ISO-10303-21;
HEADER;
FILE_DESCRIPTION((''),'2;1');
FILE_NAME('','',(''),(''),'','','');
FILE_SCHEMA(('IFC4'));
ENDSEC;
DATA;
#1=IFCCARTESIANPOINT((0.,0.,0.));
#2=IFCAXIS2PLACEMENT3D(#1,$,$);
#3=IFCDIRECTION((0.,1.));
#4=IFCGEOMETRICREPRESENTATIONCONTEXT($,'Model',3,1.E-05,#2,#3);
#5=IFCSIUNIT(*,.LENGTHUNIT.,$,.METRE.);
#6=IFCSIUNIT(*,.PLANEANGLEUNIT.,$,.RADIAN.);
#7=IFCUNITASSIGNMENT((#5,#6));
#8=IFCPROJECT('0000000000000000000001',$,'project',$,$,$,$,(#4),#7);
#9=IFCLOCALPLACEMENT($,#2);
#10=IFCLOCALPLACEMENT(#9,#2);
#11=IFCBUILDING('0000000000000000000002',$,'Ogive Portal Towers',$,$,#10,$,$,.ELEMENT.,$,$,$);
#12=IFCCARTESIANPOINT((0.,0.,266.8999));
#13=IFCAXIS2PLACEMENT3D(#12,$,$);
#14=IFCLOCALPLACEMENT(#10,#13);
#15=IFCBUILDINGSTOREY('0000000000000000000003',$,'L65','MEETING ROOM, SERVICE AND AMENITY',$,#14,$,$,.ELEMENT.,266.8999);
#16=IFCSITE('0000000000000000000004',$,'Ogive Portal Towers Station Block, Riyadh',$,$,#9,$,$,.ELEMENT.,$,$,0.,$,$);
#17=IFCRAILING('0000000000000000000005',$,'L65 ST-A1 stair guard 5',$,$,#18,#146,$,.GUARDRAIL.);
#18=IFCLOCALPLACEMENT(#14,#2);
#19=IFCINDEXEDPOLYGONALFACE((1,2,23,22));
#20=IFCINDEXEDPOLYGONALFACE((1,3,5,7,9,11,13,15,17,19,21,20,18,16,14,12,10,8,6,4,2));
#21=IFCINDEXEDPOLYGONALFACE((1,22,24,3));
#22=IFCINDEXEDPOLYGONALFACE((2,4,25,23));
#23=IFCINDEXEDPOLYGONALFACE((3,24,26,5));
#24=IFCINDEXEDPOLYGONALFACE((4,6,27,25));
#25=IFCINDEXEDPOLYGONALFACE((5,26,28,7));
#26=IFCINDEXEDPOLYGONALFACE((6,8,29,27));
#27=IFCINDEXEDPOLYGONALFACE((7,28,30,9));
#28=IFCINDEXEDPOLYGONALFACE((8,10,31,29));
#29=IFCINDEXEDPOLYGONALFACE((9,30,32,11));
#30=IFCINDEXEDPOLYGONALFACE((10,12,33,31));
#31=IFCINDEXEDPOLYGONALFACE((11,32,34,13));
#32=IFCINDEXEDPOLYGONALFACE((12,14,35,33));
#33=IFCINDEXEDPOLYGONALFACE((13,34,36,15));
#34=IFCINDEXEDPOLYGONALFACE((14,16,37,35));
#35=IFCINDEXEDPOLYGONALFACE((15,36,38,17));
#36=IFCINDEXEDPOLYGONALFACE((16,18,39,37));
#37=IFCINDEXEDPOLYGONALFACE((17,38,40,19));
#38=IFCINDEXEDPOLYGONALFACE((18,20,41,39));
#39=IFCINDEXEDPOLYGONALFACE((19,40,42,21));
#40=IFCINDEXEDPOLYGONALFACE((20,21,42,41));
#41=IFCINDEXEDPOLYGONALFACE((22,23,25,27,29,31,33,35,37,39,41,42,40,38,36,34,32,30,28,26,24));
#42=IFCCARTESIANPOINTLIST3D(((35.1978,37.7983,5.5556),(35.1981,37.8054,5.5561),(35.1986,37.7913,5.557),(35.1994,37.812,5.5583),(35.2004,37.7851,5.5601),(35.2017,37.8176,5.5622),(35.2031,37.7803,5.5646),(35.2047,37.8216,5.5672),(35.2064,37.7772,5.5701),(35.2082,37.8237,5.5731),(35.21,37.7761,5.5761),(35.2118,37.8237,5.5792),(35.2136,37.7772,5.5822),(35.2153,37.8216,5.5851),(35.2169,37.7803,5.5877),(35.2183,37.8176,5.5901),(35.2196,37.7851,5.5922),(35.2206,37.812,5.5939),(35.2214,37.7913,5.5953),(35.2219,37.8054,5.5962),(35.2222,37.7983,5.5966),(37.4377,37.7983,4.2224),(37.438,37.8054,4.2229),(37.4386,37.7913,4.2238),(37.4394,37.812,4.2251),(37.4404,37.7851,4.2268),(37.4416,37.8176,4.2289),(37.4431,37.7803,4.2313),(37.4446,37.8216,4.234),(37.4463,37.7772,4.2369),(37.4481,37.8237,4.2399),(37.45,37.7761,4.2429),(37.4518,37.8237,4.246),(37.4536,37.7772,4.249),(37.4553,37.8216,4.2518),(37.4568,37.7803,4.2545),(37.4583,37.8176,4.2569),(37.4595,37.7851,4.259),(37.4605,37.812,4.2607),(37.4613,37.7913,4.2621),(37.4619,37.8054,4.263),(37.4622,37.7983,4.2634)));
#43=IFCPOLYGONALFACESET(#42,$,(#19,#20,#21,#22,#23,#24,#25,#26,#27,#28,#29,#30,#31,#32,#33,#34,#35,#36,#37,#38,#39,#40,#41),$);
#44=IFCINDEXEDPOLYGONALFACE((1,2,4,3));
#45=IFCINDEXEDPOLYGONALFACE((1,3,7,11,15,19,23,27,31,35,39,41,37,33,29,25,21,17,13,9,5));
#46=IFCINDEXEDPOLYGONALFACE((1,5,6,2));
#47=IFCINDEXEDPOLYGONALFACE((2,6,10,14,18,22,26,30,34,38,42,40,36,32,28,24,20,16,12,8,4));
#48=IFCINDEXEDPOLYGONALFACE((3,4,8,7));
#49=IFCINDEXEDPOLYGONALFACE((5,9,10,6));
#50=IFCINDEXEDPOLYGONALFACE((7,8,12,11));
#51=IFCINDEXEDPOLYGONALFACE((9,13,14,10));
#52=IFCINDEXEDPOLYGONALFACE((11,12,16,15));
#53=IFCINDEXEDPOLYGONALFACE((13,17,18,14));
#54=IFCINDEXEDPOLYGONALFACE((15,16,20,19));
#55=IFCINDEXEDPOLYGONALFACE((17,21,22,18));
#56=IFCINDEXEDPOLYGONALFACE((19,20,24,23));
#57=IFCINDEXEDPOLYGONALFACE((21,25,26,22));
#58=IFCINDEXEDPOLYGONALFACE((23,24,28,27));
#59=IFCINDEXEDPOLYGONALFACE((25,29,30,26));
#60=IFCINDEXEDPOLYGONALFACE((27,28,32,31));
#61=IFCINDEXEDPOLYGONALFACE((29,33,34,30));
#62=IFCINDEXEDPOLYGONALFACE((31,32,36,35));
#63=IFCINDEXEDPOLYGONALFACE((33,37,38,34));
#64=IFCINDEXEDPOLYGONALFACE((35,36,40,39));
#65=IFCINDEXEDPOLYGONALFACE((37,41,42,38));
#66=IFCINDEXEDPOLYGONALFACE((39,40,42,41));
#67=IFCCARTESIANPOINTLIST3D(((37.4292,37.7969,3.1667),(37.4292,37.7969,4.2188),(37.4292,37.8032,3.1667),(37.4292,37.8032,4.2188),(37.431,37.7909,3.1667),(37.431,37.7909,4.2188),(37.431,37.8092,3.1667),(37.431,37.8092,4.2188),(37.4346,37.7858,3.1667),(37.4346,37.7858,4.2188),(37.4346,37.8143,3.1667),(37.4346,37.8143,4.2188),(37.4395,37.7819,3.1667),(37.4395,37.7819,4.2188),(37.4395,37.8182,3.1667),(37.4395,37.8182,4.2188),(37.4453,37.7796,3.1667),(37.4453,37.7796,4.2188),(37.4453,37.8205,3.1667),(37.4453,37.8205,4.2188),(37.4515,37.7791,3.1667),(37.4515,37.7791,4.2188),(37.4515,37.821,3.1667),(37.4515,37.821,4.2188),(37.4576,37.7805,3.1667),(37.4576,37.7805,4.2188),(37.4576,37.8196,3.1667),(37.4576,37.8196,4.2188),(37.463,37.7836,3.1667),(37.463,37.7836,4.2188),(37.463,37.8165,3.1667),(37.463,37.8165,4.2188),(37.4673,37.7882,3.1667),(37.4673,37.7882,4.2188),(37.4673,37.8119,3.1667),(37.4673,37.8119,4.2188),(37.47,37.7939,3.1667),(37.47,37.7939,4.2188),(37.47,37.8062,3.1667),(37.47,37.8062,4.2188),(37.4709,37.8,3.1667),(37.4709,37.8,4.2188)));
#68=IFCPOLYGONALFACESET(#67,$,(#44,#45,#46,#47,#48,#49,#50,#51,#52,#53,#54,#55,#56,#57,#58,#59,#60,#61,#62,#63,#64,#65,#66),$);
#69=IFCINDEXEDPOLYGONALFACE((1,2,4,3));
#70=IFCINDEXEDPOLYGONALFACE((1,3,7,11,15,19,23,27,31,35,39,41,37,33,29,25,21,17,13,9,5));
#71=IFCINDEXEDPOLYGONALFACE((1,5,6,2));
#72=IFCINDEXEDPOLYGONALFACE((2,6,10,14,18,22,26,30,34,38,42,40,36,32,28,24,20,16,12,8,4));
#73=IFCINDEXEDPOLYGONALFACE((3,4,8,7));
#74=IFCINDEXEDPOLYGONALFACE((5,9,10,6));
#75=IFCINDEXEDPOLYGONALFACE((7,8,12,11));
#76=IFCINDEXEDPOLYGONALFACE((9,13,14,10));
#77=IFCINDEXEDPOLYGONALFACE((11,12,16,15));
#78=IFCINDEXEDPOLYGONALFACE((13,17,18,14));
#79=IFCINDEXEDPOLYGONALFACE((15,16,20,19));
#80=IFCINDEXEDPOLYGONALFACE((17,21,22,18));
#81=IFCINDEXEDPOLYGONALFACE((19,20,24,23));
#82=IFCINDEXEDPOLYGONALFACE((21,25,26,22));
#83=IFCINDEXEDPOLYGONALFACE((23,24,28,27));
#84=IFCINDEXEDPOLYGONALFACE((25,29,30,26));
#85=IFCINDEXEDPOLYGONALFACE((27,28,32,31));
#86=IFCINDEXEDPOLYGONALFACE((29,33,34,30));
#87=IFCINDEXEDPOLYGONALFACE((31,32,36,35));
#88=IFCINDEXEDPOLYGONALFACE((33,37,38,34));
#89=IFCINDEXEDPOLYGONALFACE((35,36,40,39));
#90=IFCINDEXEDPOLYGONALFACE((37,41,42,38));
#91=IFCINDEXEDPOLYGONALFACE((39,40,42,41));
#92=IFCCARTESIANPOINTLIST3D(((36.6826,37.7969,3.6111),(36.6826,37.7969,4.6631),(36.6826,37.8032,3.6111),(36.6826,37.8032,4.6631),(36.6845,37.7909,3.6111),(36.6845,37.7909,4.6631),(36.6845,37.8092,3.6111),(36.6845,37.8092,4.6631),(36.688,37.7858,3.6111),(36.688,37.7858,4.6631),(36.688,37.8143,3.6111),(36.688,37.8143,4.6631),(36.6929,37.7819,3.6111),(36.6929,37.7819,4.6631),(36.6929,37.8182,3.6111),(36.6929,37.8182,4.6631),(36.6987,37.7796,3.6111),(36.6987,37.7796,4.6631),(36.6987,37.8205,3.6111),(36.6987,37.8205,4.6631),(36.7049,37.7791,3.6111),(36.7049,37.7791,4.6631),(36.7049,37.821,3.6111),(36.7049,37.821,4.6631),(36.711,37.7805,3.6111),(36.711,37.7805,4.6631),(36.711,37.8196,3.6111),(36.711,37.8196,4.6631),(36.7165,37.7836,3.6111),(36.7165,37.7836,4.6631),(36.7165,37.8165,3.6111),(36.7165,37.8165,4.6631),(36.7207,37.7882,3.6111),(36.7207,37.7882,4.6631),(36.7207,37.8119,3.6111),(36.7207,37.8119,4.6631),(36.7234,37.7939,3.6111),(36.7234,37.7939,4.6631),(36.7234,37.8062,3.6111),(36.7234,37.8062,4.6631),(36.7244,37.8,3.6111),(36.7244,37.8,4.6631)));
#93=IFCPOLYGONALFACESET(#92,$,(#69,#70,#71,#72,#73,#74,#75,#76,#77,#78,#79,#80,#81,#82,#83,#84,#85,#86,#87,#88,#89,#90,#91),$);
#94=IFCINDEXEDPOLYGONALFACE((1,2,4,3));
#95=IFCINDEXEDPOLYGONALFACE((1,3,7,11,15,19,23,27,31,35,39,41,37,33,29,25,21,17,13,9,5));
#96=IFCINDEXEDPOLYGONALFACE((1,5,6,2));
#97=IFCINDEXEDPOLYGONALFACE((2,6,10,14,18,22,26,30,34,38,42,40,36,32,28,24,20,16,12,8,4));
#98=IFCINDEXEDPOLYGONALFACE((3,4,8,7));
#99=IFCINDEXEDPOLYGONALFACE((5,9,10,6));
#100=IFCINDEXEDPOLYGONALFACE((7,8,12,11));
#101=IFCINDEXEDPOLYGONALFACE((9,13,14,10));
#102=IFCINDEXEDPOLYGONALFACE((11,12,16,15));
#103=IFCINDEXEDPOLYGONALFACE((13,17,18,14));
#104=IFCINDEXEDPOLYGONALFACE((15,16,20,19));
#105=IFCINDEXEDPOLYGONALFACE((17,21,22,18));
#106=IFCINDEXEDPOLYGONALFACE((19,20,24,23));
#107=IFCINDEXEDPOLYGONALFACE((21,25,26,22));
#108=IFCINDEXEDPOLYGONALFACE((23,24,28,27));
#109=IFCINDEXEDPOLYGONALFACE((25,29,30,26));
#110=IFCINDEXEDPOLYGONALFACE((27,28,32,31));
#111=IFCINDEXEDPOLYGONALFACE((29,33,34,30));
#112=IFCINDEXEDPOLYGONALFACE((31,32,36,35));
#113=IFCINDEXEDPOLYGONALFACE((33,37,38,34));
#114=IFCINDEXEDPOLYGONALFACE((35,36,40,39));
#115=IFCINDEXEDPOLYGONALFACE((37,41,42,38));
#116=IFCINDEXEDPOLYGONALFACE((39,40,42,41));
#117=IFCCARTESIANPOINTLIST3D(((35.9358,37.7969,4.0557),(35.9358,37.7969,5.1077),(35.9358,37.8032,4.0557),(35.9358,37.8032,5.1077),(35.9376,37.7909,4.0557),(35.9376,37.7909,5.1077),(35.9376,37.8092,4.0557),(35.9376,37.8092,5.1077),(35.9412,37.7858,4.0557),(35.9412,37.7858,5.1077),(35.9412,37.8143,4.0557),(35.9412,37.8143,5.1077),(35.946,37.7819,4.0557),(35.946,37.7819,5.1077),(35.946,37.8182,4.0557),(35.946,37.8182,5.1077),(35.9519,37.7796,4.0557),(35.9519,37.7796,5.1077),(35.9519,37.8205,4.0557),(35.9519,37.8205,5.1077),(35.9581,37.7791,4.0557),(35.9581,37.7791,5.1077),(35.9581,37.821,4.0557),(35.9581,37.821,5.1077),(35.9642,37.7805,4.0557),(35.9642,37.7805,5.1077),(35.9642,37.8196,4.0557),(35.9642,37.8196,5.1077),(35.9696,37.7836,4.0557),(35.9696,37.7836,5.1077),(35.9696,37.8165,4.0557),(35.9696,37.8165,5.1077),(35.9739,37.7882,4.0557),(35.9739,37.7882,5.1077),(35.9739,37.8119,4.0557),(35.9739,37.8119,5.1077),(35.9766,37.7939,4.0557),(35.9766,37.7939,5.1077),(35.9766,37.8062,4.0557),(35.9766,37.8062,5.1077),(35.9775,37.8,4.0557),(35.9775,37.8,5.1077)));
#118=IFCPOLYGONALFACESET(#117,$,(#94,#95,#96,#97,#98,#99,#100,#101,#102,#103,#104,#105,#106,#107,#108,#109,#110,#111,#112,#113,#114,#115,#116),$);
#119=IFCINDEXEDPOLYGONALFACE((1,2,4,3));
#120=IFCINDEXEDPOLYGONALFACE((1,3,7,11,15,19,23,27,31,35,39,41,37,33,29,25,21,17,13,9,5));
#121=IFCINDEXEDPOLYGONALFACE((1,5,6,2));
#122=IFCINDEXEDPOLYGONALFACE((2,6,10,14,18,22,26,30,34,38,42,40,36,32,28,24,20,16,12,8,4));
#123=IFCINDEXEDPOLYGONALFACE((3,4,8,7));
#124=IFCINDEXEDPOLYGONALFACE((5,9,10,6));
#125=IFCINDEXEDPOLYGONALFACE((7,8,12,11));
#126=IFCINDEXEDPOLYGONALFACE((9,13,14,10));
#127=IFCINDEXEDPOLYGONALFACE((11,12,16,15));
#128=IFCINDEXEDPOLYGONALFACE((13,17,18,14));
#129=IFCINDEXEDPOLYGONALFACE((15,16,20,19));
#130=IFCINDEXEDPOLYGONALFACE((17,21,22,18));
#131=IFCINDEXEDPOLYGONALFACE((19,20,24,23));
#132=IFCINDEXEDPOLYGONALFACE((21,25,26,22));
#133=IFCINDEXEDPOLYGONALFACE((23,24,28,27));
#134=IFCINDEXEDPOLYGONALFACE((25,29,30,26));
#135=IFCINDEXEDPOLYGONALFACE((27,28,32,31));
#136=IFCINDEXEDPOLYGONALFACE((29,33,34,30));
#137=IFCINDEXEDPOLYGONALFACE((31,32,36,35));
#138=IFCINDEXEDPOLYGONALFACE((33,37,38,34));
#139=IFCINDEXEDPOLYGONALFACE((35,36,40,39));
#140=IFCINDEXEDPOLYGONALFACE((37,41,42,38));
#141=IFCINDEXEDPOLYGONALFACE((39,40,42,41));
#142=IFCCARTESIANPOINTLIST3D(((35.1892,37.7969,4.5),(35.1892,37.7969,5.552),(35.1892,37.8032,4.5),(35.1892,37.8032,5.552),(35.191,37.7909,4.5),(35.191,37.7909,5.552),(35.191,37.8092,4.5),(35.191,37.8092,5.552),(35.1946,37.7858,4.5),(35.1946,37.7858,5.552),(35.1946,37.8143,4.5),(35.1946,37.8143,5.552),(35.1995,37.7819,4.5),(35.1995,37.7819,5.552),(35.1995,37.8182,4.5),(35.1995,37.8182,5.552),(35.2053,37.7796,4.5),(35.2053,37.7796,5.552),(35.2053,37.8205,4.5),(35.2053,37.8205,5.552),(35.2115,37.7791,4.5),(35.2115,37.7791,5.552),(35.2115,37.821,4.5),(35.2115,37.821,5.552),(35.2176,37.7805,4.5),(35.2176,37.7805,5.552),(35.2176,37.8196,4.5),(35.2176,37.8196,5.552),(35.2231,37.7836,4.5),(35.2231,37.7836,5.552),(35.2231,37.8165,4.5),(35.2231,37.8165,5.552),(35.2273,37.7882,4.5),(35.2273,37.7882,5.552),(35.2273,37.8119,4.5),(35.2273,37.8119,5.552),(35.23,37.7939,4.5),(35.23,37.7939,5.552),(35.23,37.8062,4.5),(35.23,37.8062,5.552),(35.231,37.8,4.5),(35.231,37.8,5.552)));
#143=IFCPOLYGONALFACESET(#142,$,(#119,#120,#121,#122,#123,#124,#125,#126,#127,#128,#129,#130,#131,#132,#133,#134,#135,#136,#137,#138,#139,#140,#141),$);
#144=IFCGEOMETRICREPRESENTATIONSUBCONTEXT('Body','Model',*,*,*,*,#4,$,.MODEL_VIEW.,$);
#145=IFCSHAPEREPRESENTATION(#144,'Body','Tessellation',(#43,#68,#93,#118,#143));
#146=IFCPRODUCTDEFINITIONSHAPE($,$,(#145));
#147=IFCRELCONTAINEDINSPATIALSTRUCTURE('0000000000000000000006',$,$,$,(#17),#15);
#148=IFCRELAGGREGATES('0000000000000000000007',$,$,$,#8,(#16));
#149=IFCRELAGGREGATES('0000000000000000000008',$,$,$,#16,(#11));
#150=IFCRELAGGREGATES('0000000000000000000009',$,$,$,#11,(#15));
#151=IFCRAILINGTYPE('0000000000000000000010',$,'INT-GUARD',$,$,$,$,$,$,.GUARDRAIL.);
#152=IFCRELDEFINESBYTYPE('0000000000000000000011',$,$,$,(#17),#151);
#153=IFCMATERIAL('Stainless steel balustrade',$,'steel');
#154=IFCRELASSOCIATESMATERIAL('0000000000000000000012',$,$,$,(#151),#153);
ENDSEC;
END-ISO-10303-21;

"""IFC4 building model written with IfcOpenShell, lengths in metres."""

from ifc_helpers import new_model, si_unit, direction, frame, origin, origin_2d, place, context, subcontext, project, spatial, circle, extrude, material, type_object, element, save


model = new_model("IFC4")

# Units and contexts
model_context = context("Model", 3, precision=1e-05, world=origin(), true_north=direction((0.0, 1.0)))
body_context = subcontext(model_context, "Body", "Model", "MODEL_VIEW")
ifc_project = project(units=[si_unit("LENGTHUNIT", "METRE"), si_unit("PLANEANGLEUNIT", "RADIAN")], contexts=[model_context])

# Site, building, storey
site_placement = place(None, origin())
site = spatial("IfcSite", under=ifc_project, at=site_placement, Name="Ogive Portal Towers Station Block, Riyadh", CompositionType="ELEMENT", RefElevation=0.0)
building_placement = place(site_placement, origin())
building = spatial("IfcBuilding", under=site, at=building_placement, Name="Ogive Portal Towers", CompositionType="ELEMENT")
storey_placement = place(building_placement, frame((0.0, 0.0, 266.8999)))
storey = spatial("IfcBuildingStorey", under=building, at=storey_placement, Name="L65", Description="MEETING ROOM, SERVICE AND AMENITY", CompositionType="ELEMENT", Elevation=266.8999)

# Railing
ifc_material_1 = material(Name="Stainless steel balustrade", Category="steel")
railing_type_1 = type_object("IfcRailingType", Name="INT-GUARD", PredefinedType="GUARDRAIL", material=ifc_material_1)
railing_1_placement = place(storey_placement, frame((37.45, 37.8, 3.1667)))
element("IfcRailing", 1, at=railing_1_placement, inside=storey, type_object=railing_type_1, Name="L65 ST-A1 stair guard 5", PredefinedType="GUARDRAIL", context=body_context, shape_type="SweptSolid", body=[
    extrude(circle(Radius=0.0239, at=origin_2d()), frame((0.0, 0.0, 1.0762), z_axis=(-0.859306, 0.0, 0.511462), x_axis=(0.0, -1.0, 0.0)), (0.0, 0.0, 1.0), 2.6067),
    extrude(circle(Radius=0.021, at=origin_2d()), origin(), (0.0, 0.0, 1.0), 1.052),
    extrude(circle(Radius=0.021, at=origin_2d()), frame((-0.7466, 0.0, 0.4443)), (0.0, 0.0, 1.0), 1.052),
    extrude(circle(Radius=0.021, at=origin_2d()), frame((-1.4934, 0.0, 0.8889)), (0.0, 0.0, 1.0), 1.052),
    extrude(circle(Radius=0.021, at=origin_2d()), frame((-2.24, 0.0, 1.3333)), (0.0, 0.0, 1.0), 1.052),
])

save(model, "model.ifc")
